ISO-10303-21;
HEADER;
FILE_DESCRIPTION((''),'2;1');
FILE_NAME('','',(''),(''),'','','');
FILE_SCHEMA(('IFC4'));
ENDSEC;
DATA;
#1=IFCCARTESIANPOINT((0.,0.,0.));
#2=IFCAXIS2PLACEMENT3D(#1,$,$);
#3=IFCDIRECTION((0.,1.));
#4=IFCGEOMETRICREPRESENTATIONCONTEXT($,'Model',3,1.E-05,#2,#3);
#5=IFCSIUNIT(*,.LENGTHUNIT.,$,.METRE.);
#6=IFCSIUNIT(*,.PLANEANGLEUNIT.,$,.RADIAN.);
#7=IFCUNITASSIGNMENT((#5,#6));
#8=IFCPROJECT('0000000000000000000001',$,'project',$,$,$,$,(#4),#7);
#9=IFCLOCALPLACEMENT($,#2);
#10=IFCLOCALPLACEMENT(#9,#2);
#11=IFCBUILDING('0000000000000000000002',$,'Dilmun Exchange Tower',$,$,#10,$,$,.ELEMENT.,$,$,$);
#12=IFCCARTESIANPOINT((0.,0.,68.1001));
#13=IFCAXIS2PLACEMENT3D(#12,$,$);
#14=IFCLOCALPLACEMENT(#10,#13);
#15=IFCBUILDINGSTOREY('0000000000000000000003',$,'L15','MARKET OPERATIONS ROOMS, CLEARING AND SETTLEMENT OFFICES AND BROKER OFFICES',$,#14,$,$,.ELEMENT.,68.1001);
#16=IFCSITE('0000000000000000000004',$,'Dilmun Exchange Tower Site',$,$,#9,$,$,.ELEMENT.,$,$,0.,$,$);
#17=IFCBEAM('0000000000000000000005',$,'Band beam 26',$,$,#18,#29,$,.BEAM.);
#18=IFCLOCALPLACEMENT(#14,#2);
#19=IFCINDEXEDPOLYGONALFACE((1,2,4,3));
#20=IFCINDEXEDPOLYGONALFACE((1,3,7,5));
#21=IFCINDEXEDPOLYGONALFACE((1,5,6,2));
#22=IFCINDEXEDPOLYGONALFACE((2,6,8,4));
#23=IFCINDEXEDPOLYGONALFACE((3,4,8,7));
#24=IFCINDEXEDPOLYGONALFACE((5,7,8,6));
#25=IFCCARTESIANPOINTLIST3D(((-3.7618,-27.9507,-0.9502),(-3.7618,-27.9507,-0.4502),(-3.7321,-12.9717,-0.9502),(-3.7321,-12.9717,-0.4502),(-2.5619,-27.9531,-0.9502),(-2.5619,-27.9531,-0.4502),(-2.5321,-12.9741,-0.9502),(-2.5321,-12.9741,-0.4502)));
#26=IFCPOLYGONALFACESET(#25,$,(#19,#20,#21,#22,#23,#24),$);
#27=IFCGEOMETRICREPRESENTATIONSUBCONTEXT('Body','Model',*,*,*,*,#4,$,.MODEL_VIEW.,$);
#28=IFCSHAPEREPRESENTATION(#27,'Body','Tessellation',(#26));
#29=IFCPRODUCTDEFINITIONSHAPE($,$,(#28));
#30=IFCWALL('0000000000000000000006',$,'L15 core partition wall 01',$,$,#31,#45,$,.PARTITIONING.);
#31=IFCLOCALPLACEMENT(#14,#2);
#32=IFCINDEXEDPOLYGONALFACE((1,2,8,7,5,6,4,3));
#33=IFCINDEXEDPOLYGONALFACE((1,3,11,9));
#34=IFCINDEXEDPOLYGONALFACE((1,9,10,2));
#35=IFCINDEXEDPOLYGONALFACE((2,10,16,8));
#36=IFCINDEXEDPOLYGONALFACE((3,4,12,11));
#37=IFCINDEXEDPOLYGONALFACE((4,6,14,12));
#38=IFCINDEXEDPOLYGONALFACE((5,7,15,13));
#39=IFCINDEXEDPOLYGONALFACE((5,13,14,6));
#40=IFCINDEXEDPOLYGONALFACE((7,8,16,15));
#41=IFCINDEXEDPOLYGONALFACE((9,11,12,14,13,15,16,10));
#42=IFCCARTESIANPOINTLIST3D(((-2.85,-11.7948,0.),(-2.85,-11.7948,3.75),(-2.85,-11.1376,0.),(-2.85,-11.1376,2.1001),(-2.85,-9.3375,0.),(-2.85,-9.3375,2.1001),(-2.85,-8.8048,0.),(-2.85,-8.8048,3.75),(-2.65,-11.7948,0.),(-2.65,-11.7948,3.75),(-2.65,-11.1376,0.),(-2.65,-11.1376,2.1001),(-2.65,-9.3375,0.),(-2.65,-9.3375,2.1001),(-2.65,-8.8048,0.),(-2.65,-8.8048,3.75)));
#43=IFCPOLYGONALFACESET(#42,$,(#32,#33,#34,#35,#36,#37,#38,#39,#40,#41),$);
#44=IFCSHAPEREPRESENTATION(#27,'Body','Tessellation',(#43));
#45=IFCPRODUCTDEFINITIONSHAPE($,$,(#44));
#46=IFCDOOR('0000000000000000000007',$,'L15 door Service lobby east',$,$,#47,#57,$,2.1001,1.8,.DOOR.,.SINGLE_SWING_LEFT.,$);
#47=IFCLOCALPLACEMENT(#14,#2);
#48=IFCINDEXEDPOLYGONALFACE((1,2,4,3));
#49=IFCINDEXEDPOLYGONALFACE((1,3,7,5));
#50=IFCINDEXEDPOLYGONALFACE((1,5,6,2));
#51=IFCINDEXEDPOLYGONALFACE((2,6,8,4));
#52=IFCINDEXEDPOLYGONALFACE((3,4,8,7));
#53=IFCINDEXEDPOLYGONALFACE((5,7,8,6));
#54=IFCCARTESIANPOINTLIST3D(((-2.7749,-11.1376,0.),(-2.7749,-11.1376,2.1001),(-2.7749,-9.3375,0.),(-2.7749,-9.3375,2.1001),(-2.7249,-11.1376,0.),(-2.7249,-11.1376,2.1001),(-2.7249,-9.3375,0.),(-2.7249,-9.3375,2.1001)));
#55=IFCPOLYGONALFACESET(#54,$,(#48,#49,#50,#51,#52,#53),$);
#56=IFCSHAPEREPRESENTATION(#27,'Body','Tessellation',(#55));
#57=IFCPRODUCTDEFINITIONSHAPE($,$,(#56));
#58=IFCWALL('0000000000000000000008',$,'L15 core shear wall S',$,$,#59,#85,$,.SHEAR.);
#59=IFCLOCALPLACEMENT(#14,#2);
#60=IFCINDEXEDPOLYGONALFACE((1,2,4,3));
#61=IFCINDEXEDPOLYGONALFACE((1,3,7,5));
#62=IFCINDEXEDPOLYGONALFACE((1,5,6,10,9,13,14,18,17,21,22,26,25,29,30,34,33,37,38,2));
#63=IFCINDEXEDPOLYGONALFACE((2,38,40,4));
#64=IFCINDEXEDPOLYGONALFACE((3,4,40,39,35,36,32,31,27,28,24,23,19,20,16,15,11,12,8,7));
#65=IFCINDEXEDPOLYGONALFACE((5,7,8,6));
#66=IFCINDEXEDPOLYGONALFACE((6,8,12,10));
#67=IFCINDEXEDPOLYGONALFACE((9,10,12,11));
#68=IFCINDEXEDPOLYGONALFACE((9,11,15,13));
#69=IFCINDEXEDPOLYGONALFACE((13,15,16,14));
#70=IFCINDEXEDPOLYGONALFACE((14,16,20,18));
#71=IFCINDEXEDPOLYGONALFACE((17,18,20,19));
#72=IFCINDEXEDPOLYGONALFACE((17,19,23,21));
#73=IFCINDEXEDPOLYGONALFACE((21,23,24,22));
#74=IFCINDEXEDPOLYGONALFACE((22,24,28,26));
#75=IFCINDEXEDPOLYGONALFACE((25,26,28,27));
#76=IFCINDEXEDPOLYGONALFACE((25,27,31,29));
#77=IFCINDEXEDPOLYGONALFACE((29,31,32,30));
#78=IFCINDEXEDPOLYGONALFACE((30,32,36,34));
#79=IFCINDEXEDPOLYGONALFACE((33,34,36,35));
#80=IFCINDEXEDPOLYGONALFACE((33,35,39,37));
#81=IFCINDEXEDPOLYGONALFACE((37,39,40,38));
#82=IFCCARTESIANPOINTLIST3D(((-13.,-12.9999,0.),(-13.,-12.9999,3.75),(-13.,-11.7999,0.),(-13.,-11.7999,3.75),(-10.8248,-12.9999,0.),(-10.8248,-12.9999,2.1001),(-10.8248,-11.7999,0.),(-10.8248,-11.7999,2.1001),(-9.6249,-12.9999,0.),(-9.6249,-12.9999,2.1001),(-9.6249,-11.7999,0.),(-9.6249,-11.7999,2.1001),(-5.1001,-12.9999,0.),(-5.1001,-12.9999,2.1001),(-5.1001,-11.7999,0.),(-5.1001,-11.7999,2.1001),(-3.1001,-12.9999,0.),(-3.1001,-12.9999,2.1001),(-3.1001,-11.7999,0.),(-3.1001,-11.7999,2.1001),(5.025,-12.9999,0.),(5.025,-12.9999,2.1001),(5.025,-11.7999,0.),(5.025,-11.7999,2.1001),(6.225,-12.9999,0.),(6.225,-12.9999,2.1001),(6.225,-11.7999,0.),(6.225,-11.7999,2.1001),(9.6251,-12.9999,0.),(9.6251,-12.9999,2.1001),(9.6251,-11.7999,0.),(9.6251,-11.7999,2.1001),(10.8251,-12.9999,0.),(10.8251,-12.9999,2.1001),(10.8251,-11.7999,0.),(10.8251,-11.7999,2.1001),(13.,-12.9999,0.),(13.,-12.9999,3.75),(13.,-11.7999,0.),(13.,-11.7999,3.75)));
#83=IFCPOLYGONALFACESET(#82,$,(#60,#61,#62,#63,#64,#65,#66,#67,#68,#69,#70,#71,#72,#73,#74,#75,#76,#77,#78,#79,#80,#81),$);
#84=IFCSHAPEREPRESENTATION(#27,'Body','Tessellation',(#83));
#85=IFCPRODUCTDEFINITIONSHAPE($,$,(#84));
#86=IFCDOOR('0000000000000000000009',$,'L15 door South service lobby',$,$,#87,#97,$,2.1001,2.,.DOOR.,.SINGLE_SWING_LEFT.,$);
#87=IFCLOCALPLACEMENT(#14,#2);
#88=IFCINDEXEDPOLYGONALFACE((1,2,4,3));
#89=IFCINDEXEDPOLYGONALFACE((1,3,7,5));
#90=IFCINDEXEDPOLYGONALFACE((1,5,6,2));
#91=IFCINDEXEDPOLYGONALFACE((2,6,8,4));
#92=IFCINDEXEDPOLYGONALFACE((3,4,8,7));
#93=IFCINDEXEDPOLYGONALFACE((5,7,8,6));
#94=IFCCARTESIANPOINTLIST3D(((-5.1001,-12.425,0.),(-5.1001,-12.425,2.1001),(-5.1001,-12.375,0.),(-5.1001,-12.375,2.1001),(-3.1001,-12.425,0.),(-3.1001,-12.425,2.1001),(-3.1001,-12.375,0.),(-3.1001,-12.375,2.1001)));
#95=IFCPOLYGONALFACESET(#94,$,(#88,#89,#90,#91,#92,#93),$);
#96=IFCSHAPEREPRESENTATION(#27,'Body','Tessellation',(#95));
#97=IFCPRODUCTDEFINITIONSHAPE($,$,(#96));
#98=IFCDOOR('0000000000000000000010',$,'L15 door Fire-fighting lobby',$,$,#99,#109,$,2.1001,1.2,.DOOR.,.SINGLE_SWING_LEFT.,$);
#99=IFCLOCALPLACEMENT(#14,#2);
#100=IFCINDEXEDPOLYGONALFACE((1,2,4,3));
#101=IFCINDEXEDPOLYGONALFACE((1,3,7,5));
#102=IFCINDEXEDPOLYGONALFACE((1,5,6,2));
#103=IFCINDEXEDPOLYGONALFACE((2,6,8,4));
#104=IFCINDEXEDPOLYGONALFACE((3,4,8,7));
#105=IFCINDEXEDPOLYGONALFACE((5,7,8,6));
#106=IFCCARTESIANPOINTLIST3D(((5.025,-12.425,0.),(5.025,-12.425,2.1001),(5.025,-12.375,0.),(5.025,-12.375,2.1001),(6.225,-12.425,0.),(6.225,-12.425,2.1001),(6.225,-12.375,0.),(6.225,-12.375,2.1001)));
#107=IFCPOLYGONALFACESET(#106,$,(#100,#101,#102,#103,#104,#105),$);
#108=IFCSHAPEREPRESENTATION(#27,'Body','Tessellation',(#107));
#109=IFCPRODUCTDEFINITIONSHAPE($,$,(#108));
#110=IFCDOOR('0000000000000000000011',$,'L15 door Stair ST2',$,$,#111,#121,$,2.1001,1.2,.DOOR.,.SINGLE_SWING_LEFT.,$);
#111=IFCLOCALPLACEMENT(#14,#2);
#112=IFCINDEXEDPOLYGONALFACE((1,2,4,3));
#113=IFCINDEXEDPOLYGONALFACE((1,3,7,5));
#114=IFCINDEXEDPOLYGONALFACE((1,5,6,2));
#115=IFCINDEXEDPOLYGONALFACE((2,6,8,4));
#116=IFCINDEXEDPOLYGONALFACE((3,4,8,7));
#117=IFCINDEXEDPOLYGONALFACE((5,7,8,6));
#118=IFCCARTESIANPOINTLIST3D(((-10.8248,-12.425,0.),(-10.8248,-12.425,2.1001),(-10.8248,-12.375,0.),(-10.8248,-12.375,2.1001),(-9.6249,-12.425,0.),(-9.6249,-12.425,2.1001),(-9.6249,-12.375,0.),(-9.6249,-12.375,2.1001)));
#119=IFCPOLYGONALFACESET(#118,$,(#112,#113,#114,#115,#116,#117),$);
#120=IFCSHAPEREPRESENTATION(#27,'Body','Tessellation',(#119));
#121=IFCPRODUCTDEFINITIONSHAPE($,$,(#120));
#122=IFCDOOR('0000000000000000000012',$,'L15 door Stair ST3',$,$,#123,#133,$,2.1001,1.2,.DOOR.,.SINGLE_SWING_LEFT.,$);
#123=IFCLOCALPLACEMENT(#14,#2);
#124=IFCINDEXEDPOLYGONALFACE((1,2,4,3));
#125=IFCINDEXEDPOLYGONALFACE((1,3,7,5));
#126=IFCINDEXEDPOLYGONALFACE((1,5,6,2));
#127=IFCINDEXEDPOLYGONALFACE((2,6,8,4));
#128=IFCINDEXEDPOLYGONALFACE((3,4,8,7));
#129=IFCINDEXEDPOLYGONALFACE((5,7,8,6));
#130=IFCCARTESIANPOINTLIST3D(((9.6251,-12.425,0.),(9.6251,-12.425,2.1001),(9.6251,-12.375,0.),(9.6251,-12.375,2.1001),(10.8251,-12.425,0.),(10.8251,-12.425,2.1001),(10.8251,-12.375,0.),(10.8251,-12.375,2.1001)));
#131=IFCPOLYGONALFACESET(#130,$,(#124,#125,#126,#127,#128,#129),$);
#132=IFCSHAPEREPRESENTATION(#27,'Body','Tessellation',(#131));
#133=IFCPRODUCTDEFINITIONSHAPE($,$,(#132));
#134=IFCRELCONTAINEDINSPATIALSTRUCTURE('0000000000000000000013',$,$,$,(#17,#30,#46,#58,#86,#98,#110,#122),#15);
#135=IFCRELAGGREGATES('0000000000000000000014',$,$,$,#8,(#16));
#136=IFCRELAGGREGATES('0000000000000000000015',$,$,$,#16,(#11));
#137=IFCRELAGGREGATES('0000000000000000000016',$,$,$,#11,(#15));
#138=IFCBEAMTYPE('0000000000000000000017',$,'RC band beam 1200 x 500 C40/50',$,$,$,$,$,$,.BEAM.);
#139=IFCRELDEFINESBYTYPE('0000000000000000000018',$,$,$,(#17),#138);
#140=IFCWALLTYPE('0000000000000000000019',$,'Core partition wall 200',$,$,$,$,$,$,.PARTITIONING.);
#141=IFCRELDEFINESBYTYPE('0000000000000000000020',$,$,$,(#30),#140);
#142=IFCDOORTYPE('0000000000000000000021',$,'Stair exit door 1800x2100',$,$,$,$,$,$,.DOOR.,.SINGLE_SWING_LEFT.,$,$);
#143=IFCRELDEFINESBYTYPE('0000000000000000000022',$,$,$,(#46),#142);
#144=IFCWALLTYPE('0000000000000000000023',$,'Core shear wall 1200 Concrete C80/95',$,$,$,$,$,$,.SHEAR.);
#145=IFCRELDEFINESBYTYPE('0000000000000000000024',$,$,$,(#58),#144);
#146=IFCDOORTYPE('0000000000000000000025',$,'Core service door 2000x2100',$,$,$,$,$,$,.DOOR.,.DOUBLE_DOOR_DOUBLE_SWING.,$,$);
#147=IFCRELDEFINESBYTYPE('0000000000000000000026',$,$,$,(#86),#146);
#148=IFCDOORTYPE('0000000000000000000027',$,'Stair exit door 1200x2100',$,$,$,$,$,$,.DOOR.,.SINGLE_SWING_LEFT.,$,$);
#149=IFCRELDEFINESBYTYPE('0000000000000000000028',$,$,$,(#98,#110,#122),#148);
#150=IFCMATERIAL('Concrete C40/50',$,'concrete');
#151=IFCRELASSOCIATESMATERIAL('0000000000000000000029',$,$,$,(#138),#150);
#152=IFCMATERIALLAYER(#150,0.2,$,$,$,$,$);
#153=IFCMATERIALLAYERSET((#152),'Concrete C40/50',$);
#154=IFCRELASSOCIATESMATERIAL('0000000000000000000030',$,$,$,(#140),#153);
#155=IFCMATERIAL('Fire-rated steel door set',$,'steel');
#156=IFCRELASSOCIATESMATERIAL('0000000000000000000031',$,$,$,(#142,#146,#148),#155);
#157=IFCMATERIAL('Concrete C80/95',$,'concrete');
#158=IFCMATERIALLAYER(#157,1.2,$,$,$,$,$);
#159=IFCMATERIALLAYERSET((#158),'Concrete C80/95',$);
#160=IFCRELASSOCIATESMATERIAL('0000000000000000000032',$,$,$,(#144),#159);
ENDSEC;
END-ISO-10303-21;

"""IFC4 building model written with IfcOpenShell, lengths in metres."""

from ifc_helpers import new_model, si_unit, direction, frame, frame_2d, origin, origin_2d, place, context, subcontext, project, spatial, rectangle, extrude, material, layer, layer_set, material_profile, profile_set, type_object, element, fill, save


model = new_model("IFC4")

# Units and contexts
model_context = context("Model", 3, precision=1e-05, world=origin(), true_north=direction((0.0, 1.0)))
body_context = subcontext(model_context, "Body", "Model", "MODEL_VIEW")
ifc_project = project(units=[si_unit("LENGTHUNIT", "METRE"), si_unit("PLANEANGLEUNIT", "RADIAN")], contexts=[model_context])

# Site, building, storey
site_placement = place(None, origin())
site = spatial("IfcSite", under=ifc_project, at=site_placement, Name="Dilmun Exchange Tower Site", CompositionType="ELEMENT", RefElevation=0.0)
building_placement = place(site_placement, origin())
building = spatial("IfcBuilding", under=site, at=building_placement, Name="Dilmun Exchange Tower", CompositionType="ELEMENT")
storey_placement = place(building_placement, frame((0.0, 0.0, 68.1001)))
storey = spatial("IfcBuildingStorey", under=building, at=storey_placement, Name="L15", Description="MARKET OPERATIONS ROOMS, CLEARING AND SETTLEMENT OFFICES AND BROKER OFFICES", CompositionType="ELEMENT", Elevation=68.1001)

# Beam
ifc_material_1 = material(Name="Concrete C40/50", Category="concrete")
ifc_material_profile = material_profile(ifc_material_1, rectangle(XDim=1.2, YDim=0.5, at=origin_2d()), Name="1200 x 500")
ifc_profile_set = profile_set([ifc_material_profile], Name="Concrete C40/50")
beam_type = type_object("IfcBeamType", Name="RC band beam 1200 x 500 C40/50", PredefinedType="BEAM", material=ifc_profile_set)
beam_placement = place(storey_placement, frame((-3.1619, -27.9519, -0.7002), z_axis=(0.001988, 0.999998, 0.0), x_axis=(-0.999998, 0.001988, 0.0)))
element("IfcBeam", 1, at=beam_placement, inside=storey, type_object=beam_type, Name="Band beam 26", PredefinedType="BEAM", context=body_context, shape_type="SweptSolid", body=[
    extrude(rectangle(XDim=1.2, YDim=0.5, at=origin_2d()), origin(), (0.0, 0.0, 1.0), 14.979),
])

# Wall, opening, door
ifc_layer_1 = layer(ifc_material_1, 0.2)
ifc_layer_set_1 = layer_set([ifc_layer_1], Name="Concrete C40/50")
wall_type_1 = type_object("IfcWallType", Name="Core partition wall 200", PredefinedType="PARTITIONING", material=ifc_layer_set_1)
wall_1_placement = place(storey_placement, frame((-2.75, -11.7949, 0.0), z_axis=(0.0, 0.0, 1.0), x_axis=(0.0, 1.0, 0.0)))
wall_1 = element("IfcWall", 2, at=wall_1_placement, inside=storey, type_object=wall_type_1, Name="L15 core partition wall 01", PredefinedType="PARTITIONING", context=body_context, shape_type="SweptSolid", body=[
    extrude(rectangle(XDim=2.99, YDim=0.2, at=frame_2d((1.4951, 0.0))), origin(), (0.0, 0.0, 1.0), 3.75),
])
opening_1_placement = place(wall_1_placement, frame((0.6575, 0.0, 0.0)))
opening_1 = element("IfcOpeningElement", 3, at=opening_1_placement, cuts=wall_1, PredefinedType="OPENING", context=body_context, shape_type="SweptSolid", body=[
    extrude(rectangle(XDim=1.8, YDim=2.1001, at=frame_2d((0.8999, 1.05))), frame((0.0, 0.1099, 0.0), z_axis=(0.0, -1.0, 0.0), x_axis=(1.0, 0.0, 0.0)), (0.0, 0.0, 1.0), 0.22),
])
ifc_material_2 = material(Name="Fire-rated steel door set", Category="steel")
door_type_1 = type_object("IfcDoorType", Name="Stair exit door 1800x2100", OperationType="SINGLE_SWING_LEFT", PredefinedType="DOOR", material=ifc_material_2)
door_1_placement = place(opening_1_placement, origin())
door_1 = element("IfcDoor", 4, at=door_1_placement, inside=storey, type_object=door_type_1, Name="L15 door Service lobby east", OperationType="SINGLE_SWING_LEFT", OverallHeight=2.1001, OverallWidth=1.8, PredefinedType="DOOR", context=body_context, shape_type="SweptSolid", body=[
    extrude(rectangle(XDim=1.8, YDim=2.1001, at=frame_2d((0.8999, 1.05))), frame((0.0, 0.0249, 0.0), z_axis=(0.0, -1.0, 0.0), x_axis=(1.0, 0.0, 0.0)), (0.0, 0.0, 1.0), 0.05),
])
fill(opening_1, door_1)

# Wall, openings, doors
ifc_material_3 = material(Name="Concrete C80/95", Category="concrete")
ifc_layer_2 = layer(ifc_material_3, 1.2)
ifc_layer_set_2 = layer_set([ifc_layer_2], Name="Concrete C80/95")
wall_type_2 = type_object("IfcWallType", Name="Core shear wall 1200 Concrete C80/95", PredefinedType="SHEAR", material=ifc_layer_set_2)
wall_2_placement = place(storey_placement, frame((-13.0, -12.3999, 0.0), z_axis=(0.0, 0.0, 1.0), x_axis=(1.0, 0.0, 0.0)))
wall_2 = element("IfcWall", 5, at=wall_2_placement, inside=storey, type_object=wall_type_2, Name="L15 core shear wall S", PredefinedType="SHEAR", context=body_context, shape_type="SweptSolid", body=[
    extrude(rectangle(XDim=26.0, YDim=1.2, at=frame_2d((13.0, 0.0))), origin(), (0.0, 0.0, 1.0), 3.75),
])
opening_2_placement = place(wall_2_placement, frame((7.8999, 0.0, 0.0)))
opening_2 = element("IfcOpeningElement", 6, at=opening_2_placement, cuts=wall_2, PredefinedType="OPENING", context=body_context, shape_type="SweptSolid", body=[
    extrude(rectangle(XDim=2.0, YDim=2.1001, at=frame_2d((1.0, 1.05))), frame((0.0, 0.6099, 0.0), z_axis=(0.0, -1.0, 0.0), x_axis=(1.0, 0.0, 0.0)), (0.0, 0.0, 1.0), 1.22),
])
opening_3_placement = place(wall_2_placement, frame((18.0249, 0.0, 0.0)))
opening_3 = element("IfcOpeningElement", 7, at=opening_3_placement, cuts=wall_2, PredefinedType="OPENING", context=body_context, shape_type="SweptSolid", body=[
    extrude(rectangle(XDim=1.2, YDim=2.1001, at=frame_2d((0.6001, 1.05))), frame((0.0, 0.6099, 0.0), z_axis=(0.0, -1.0, 0.0), x_axis=(1.0, 0.0, 0.0)), (0.0, 0.0, 1.0), 1.22),
])
opening_4_placement = place(wall_2_placement, frame((2.175, 0.0, 0.0)))
opening_4 = element("IfcOpeningElement", 8, at=opening_4_placement, cuts=wall_2, PredefinedType="OPENING", context=body_context, shape_type="SweptSolid", body=[
    extrude(rectangle(XDim=1.2, YDim=2.1001, at=frame_2d((0.6001, 1.05))), frame((0.0, 0.6099, 0.0), z_axis=(0.0, -1.0, 0.0), x_axis=(1.0, 0.0, 0.0)), (0.0, 0.0, 1.0), 1.22),
])
opening_5_placement = place(wall_2_placement, frame((22.625, 0.0, 0.0)))
opening_5 = element("IfcOpeningElement", 9, at=opening_5_placement, cuts=wall_2, PredefinedType="OPENING", context=body_context, shape_type="SweptSolid", body=[
    extrude(rectangle(XDim=1.2, YDim=2.1001, at=frame_2d((0.6001, 1.05))), frame((0.0, 0.6099, 0.0), z_axis=(0.0, -1.0, 0.0), x_axis=(1.0, 0.0, 0.0)), (0.0, 0.0, 1.0), 1.22),
])
door_type_2 = type_object("IfcDoorType", Name="Core service door 2000x2100", OperationType="DOUBLE_DOOR_DOUBLE_SWING", PredefinedType="DOOR", material=ifc_material_2)
door_2_placement = place(opening_2_placement, origin())
door_2 = element("IfcDoor", 10, at=door_2_placement, inside=storey, type_object=door_type_2, Name="L15 door South service lobby", OperationType="SINGLE_SWING_LEFT", OverallHeight=2.1001, OverallWidth=2.0, PredefinedType="DOOR", context=body_context, shape_type="SweptSolid", body=[
    extrude(rectangle(XDim=2.0, YDim=2.1001, at=frame_2d((1.0, 1.05))), frame((0.0, 0.0249, 0.0), z_axis=(0.0, -1.0, 0.0), x_axis=(1.0, 0.0, 0.0)), (0.0, 0.0, 1.0), 0.05),
])
fill(opening_2, door_2)
door_type_3 = type_object("IfcDoorType", Name="Stair exit door 1200x2100", OperationType="SINGLE_SWING_LEFT", PredefinedType="DOOR", material=ifc_material_2)
door_3_placement = place(opening_3_placement, origin())
door_3 = element("IfcDoor", 11, at=door_3_placement, inside=storey, type_object=door_type_3, Name="L15 door Fire-fighting lobby", OperationType="SINGLE_SWING_LEFT", OverallHeight=2.1001, OverallWidth=1.2, PredefinedType="DOOR", context=body_context, shape_type="SweptSolid", body=[
    extrude(rectangle(XDim=1.2, YDim=2.1001, at=frame_2d((0.6001, 1.05))), frame((0.0, 0.0249, 0.0), z_axis=(0.0, -1.0, 0.0), x_axis=(1.0, 0.0, 0.0)), (0.0, 0.0, 1.0), 0.05),
])
fill(opening_3, door_3)
door_4_placement = place(opening_4_placement, origin())
door_4 = element("IfcDoor", 12, at=door_4_placement, inside=storey, type_object=door_type_3, Name="L15 door Stair ST2", OperationType="SINGLE_SWING_LEFT", OverallHeight=2.1001, OverallWidth=1.2, PredefinedType="DOOR", context=body_context, shape_type="SweptSolid", body=[
    extrude(rectangle(XDim=1.2, YDim=2.1001, at=frame_2d((0.6001, 1.05))), frame((0.0, 0.0249, 0.0), z_axis=(0.0, -1.0, 0.0), x_axis=(1.0, 0.0, 0.0)), (0.0, 0.0, 1.0), 0.05),
])
fill(opening_4, door_4)
door_5_placement = place(opening_5_placement, origin())
door_5 = element("IfcDoor", 13, at=door_5_placement, inside=storey, type_object=door_type_3, Name="L15 door Stair ST3", OperationType="SINGLE_SWING_LEFT", OverallHeight=2.1001, OverallWidth=1.2, PredefinedType="DOOR", context=body_context, shape_type="SweptSolid", body=[
    extrude(rectangle(XDim=1.2, YDim=2.1001, at=frame_2d((0.6001, 1.05))), frame((0.0, 0.0249, 0.0), z_axis=(0.0, -1.0, 0.0), x_axis=(1.0, 0.0, 0.0)), (0.0, 0.0, 1.0), 0.05),
])
fill(opening_5, door_5)

save(model, "model.ifc")
